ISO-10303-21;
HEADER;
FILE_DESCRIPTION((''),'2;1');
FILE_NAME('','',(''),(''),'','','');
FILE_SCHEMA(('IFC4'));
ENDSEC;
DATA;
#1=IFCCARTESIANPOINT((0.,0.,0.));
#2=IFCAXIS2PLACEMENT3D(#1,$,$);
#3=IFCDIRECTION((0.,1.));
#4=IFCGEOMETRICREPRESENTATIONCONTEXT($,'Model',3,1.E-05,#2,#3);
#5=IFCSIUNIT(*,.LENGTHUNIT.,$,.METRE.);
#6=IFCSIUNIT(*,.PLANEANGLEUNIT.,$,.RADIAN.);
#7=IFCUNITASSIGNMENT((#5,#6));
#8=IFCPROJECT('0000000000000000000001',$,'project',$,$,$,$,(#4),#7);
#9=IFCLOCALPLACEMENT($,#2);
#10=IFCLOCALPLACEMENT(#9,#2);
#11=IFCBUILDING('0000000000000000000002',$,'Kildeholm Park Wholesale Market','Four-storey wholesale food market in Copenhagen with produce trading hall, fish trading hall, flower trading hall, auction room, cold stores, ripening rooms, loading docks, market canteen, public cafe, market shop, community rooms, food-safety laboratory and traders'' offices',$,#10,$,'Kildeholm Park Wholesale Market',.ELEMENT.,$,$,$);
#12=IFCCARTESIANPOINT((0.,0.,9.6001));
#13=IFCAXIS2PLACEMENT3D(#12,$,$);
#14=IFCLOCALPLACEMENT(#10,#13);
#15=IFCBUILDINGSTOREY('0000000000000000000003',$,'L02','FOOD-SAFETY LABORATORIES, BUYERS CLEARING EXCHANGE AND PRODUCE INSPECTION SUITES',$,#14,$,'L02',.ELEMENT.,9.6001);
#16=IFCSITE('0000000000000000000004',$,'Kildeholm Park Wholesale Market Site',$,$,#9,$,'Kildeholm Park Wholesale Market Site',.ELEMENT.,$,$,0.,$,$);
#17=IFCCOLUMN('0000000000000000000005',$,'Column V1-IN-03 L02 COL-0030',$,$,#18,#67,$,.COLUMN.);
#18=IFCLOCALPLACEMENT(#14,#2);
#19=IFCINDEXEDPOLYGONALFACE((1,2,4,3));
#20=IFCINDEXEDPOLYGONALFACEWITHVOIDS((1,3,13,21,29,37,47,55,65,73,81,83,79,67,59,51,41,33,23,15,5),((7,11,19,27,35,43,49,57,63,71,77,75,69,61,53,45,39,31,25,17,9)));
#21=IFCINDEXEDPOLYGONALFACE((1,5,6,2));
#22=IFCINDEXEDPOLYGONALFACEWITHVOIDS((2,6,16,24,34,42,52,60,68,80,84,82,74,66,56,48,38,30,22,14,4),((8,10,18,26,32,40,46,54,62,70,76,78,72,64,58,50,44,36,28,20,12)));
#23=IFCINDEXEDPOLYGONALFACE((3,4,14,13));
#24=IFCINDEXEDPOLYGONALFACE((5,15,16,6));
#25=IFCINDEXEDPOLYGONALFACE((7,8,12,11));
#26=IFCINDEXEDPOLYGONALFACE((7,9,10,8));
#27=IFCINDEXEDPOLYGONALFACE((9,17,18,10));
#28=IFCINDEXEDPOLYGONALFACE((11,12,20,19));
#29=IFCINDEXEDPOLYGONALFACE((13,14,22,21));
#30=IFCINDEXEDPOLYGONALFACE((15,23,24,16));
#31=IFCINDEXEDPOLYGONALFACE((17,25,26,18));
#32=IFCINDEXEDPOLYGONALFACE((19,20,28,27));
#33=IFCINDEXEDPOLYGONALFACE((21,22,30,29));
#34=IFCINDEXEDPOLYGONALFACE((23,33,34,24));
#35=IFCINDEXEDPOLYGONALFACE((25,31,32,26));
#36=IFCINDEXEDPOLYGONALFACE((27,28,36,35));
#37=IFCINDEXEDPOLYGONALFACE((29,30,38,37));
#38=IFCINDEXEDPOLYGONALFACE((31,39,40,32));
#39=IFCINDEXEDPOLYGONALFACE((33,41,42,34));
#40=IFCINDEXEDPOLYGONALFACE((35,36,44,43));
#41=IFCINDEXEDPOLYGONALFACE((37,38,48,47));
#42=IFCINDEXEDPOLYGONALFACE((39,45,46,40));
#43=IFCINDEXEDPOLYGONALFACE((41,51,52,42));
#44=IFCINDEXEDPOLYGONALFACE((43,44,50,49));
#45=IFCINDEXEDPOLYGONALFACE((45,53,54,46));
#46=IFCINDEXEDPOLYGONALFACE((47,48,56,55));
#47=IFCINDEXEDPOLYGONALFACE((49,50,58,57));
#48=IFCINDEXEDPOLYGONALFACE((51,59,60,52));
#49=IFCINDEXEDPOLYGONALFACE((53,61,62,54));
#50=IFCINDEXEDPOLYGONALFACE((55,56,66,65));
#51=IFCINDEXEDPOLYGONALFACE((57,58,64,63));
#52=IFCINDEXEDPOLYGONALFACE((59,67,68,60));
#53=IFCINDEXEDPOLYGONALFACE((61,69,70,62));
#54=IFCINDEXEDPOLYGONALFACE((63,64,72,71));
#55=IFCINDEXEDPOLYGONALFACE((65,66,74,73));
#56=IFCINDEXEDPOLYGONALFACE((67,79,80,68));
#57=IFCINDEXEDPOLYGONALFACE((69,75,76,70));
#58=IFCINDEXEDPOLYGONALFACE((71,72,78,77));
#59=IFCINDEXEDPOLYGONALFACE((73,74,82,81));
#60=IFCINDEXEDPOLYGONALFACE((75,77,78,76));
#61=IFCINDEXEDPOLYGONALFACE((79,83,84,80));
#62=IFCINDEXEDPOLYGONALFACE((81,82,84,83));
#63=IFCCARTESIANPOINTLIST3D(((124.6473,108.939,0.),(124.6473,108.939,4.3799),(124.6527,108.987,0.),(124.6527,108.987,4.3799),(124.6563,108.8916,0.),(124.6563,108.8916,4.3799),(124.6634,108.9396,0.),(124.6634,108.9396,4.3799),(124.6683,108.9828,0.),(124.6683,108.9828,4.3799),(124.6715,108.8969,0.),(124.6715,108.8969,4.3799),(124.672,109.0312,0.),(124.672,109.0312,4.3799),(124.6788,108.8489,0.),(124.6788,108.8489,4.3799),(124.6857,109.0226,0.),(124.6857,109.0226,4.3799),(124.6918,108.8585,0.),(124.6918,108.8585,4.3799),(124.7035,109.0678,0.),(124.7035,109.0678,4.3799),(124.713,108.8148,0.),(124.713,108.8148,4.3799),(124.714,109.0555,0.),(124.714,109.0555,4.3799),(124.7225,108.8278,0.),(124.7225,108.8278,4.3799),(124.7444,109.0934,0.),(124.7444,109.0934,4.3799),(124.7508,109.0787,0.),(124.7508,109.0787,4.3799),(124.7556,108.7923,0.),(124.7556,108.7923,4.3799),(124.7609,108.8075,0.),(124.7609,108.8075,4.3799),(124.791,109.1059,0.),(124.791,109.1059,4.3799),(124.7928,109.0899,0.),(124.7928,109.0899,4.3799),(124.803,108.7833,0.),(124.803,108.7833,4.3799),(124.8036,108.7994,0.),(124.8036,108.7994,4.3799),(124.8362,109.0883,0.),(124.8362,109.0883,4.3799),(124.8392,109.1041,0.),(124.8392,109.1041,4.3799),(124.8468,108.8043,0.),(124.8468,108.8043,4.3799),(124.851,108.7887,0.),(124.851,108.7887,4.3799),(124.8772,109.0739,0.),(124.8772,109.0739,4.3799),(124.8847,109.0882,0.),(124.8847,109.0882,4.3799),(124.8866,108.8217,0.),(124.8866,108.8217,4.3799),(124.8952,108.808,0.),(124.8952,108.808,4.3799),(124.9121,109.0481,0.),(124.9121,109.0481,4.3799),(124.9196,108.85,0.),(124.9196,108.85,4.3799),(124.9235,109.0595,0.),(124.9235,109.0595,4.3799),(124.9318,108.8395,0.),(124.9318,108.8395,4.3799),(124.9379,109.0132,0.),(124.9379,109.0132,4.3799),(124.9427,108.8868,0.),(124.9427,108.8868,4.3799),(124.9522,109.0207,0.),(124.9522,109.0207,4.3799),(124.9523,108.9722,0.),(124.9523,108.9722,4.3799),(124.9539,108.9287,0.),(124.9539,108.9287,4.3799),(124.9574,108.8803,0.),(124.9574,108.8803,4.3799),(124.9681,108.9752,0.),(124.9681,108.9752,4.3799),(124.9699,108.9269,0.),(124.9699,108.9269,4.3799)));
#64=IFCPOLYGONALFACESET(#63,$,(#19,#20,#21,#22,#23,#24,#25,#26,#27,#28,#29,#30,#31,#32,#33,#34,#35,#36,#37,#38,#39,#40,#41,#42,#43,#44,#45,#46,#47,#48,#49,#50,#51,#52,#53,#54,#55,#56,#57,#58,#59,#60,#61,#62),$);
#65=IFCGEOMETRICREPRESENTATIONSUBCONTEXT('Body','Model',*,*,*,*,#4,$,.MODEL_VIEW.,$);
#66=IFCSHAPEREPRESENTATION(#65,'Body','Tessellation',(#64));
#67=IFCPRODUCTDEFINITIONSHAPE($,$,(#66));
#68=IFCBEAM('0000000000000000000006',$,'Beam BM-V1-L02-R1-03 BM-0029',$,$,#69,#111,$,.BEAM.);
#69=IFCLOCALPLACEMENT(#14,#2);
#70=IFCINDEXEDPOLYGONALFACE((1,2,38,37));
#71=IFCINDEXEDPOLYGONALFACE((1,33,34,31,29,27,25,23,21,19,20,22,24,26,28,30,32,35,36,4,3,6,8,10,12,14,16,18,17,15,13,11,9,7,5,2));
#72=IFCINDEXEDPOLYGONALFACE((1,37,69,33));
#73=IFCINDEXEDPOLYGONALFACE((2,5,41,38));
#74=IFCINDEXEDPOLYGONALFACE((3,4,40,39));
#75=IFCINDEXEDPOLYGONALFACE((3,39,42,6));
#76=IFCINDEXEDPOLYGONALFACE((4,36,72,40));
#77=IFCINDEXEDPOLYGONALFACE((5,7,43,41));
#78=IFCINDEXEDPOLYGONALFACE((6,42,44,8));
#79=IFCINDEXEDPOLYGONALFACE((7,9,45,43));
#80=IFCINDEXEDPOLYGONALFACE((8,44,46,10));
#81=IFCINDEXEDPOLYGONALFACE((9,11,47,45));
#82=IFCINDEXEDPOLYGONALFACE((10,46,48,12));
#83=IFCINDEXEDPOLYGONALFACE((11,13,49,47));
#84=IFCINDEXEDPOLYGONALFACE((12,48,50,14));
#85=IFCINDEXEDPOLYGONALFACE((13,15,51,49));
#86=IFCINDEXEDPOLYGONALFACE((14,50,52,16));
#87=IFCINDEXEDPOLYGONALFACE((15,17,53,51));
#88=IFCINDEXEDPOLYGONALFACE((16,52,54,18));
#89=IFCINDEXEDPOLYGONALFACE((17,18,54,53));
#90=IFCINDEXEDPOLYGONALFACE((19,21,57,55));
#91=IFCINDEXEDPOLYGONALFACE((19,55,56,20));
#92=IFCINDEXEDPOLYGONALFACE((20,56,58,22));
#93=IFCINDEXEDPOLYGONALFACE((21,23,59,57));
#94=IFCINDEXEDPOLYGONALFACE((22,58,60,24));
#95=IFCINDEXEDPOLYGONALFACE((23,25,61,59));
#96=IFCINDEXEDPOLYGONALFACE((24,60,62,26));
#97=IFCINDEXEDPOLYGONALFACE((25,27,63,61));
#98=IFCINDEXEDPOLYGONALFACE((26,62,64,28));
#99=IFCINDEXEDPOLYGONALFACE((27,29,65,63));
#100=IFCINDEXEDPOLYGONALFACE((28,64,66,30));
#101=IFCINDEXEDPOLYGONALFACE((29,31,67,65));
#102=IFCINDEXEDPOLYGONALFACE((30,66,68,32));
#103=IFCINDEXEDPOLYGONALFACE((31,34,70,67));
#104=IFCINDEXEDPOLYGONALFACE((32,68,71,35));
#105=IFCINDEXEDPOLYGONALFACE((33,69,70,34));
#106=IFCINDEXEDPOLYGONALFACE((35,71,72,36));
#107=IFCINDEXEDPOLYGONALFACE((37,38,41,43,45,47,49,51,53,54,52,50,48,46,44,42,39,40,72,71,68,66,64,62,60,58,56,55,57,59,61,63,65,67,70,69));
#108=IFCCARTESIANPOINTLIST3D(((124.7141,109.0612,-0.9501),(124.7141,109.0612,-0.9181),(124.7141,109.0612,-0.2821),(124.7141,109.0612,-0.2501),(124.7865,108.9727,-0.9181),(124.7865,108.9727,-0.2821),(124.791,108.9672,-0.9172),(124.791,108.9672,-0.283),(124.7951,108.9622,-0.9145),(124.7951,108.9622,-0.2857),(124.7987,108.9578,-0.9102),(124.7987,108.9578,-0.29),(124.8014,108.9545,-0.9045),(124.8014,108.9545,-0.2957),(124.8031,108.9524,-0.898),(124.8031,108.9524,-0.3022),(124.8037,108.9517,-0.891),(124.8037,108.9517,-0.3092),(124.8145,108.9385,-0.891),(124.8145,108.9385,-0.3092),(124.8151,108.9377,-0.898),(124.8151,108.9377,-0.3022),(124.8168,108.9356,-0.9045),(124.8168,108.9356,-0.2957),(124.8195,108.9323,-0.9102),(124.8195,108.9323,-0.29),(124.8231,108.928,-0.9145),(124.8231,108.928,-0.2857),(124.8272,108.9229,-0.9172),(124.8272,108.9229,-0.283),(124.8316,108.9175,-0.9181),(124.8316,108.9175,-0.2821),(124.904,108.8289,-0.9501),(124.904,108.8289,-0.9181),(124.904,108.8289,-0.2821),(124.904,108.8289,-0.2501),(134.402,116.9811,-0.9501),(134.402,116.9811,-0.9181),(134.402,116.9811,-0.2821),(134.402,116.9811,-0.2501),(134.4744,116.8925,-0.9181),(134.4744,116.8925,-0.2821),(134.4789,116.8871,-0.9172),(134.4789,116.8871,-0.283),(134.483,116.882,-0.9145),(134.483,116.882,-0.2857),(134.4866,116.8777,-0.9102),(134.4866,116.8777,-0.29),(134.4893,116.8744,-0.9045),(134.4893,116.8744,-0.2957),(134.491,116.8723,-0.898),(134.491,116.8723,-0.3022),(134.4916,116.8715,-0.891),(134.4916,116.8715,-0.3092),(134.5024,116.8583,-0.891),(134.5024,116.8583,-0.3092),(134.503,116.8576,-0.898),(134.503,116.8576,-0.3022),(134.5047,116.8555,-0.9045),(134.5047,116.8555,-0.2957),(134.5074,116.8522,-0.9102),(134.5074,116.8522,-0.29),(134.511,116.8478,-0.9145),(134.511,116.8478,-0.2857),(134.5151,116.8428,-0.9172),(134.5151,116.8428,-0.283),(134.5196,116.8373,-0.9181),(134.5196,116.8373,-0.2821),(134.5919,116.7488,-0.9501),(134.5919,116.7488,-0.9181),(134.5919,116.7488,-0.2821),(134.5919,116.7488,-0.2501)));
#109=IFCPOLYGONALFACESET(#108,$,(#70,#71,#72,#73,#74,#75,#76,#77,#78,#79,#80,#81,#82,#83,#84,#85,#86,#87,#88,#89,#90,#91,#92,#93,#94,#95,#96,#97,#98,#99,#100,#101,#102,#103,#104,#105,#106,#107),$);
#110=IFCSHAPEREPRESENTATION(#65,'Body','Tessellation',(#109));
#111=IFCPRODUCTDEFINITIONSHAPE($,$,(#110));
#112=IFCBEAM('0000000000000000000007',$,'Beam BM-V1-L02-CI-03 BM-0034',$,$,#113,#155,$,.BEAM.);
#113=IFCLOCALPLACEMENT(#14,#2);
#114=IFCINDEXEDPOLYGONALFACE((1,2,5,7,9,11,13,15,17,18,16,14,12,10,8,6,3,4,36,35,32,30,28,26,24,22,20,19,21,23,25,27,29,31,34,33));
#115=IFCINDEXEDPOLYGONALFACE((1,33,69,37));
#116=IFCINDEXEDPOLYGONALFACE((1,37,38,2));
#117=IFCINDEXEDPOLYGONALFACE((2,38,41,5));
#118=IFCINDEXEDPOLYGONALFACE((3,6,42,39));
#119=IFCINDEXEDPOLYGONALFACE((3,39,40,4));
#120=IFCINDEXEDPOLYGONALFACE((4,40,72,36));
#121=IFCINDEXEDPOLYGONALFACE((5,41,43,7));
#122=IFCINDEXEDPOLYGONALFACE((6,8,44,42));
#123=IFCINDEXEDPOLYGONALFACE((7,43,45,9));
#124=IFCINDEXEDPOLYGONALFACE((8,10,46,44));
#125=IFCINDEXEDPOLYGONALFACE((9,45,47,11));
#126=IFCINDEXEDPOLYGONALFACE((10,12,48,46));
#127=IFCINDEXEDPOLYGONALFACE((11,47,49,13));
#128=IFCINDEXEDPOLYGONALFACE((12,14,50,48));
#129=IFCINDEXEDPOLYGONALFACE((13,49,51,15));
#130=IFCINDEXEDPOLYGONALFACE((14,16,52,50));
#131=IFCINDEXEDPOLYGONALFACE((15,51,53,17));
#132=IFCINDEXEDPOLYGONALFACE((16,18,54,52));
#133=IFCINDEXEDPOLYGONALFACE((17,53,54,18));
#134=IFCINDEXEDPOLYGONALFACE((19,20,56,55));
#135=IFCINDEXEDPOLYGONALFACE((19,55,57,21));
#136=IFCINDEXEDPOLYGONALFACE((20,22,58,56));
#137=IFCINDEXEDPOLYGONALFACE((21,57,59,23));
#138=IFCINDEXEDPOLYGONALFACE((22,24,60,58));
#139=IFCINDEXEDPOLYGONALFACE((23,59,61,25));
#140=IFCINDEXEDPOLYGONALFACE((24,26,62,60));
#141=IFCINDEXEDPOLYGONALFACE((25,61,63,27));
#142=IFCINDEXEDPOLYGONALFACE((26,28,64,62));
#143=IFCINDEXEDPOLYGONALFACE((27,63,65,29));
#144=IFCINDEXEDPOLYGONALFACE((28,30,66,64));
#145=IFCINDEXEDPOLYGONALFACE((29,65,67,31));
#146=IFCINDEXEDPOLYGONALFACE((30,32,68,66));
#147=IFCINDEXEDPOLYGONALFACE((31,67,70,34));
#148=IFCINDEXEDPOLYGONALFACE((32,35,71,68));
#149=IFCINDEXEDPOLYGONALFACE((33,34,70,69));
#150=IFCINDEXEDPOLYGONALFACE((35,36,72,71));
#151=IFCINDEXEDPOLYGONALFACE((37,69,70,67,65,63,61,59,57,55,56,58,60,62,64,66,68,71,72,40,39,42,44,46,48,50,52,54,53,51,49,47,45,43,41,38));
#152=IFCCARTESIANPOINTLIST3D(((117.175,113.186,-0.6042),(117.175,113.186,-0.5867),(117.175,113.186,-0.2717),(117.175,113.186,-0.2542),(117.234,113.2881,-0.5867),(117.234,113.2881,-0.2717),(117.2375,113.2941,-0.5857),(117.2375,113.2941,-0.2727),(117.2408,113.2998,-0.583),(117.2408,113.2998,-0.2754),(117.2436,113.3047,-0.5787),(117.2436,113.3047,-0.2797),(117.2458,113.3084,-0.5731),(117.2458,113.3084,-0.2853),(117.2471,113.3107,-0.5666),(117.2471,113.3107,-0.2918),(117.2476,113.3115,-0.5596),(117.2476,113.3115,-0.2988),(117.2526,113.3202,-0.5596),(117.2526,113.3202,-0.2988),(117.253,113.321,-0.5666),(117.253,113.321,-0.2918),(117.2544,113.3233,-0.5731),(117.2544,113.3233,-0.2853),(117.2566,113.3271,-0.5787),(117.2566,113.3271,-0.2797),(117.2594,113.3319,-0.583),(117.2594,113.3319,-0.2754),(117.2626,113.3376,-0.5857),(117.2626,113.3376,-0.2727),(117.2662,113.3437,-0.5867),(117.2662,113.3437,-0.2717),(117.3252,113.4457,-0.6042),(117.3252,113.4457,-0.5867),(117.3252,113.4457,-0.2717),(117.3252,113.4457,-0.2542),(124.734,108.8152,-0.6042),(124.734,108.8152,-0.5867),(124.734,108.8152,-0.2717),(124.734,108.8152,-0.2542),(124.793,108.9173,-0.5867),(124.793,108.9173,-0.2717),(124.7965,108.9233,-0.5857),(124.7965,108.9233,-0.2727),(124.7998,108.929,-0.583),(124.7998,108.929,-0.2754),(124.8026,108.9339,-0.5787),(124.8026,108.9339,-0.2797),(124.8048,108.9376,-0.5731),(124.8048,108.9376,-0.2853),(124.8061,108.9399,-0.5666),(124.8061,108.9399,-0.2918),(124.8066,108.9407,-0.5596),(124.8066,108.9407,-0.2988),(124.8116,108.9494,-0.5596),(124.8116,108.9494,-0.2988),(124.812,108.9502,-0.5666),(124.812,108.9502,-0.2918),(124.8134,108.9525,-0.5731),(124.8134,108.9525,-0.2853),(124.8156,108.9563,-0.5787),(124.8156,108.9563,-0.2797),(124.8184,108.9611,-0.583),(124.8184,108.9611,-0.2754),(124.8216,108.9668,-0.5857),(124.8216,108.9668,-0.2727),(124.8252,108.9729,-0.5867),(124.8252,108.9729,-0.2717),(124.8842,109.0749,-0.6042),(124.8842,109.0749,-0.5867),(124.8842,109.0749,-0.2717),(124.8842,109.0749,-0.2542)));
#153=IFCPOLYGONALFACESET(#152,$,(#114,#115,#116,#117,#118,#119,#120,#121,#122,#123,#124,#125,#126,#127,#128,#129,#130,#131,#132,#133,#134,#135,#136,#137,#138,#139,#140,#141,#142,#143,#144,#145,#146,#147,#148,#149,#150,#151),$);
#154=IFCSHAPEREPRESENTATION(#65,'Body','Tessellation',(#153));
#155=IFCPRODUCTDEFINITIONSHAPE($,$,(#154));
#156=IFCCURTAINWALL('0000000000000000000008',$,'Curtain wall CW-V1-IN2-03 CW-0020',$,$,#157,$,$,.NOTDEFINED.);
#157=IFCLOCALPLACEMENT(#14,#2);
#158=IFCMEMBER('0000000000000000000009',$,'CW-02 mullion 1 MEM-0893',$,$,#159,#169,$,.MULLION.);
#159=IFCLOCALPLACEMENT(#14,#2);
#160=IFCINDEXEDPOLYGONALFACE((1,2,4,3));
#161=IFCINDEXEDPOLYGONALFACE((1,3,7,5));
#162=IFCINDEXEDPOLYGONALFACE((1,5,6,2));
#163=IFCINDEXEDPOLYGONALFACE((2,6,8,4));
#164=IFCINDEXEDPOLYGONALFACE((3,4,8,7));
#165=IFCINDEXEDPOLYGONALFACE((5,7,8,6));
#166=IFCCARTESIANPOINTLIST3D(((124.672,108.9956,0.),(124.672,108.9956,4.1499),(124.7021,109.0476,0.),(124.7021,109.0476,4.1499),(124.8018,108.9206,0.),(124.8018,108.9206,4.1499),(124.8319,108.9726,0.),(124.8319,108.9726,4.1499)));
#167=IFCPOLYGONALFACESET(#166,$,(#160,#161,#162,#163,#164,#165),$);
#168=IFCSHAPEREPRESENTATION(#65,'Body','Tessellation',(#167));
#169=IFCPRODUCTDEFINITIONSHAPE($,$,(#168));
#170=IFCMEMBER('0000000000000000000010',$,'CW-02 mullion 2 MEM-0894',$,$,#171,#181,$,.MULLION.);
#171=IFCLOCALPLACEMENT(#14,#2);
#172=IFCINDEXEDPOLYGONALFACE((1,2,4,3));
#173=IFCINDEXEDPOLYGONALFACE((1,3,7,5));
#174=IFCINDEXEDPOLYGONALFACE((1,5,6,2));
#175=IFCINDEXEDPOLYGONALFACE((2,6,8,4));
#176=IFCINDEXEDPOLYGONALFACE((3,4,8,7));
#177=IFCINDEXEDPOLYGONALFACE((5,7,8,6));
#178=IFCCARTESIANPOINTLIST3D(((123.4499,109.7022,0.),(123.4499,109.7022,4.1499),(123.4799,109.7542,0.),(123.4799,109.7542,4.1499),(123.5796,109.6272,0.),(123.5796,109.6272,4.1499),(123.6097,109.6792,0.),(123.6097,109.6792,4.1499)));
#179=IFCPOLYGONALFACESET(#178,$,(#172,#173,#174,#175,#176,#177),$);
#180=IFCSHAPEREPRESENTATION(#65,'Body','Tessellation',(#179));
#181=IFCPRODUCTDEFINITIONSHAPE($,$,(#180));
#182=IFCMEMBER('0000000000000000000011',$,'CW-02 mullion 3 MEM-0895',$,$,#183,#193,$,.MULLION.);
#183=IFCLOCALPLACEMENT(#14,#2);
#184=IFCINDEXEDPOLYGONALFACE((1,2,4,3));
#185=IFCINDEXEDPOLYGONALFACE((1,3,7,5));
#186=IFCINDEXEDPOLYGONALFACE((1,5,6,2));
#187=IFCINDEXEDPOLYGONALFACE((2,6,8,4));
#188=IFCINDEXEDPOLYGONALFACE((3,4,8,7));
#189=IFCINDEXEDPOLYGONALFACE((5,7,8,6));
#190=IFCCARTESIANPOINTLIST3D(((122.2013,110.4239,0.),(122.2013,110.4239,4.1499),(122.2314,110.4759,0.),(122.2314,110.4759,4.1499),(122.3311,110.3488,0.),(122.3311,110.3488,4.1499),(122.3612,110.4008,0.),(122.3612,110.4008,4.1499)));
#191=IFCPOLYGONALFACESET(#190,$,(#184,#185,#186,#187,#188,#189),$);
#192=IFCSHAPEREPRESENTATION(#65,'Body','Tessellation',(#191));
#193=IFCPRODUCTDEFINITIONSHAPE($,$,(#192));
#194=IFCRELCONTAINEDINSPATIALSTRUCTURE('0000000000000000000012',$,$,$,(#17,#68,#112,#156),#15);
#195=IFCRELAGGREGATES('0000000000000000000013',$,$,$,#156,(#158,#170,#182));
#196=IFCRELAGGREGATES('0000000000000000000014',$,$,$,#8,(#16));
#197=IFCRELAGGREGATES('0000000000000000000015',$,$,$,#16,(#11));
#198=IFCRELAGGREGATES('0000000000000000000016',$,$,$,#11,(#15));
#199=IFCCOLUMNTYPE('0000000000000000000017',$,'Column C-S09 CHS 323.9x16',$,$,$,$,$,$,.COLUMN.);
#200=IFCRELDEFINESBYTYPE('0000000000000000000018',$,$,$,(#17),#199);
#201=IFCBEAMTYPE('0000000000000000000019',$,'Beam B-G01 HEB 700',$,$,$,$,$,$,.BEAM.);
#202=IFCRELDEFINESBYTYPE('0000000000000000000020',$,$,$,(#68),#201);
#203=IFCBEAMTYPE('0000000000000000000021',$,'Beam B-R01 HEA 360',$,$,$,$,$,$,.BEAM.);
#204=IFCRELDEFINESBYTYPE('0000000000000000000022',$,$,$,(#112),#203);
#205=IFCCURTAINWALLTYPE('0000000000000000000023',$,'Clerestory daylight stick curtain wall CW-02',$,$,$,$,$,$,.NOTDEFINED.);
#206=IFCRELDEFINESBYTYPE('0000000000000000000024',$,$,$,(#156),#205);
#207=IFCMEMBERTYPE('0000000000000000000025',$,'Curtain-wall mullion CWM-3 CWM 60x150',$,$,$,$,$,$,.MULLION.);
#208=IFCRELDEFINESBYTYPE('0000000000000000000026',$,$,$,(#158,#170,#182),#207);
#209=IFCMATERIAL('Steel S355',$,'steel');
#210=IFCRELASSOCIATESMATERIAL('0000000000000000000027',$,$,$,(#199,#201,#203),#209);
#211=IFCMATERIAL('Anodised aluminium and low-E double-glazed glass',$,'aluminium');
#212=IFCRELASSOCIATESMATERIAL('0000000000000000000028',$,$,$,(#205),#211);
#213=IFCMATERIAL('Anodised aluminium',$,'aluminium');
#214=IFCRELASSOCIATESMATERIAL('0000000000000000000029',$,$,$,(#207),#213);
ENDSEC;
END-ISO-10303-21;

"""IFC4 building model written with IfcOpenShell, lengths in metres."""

from ifc_helpers import new_model, si_unit, direction, frame, origin, origin_2d, place, context, subcontext, project, spatial, rectangle, hollow_circle, i_section, extrude, material, material_profile, profile_set, type_object, element, aggregate, save


model = new_model("IFC4")

# Units and contexts
model_context = context("Model", 3, precision=1e-05, world=origin(), true_north=direction((0.0, 1.0)))
body_context = subcontext(model_context, "Body", "Model", "MODEL_VIEW")
ifc_project = project(units=[si_unit("LENGTHUNIT", "METRE"), si_unit("PLANEANGLEUNIT", "RADIAN")], contexts=[model_context])

# Site, building, storey
site_placement = place(None, origin())
site = spatial("IfcSite", under=ifc_project, at=site_placement, Name="Kildeholm Park Wholesale Market Site", LongName="Kildeholm Park Wholesale Market Site", CompositionType="ELEMENT", RefElevation=0.0)
building_placement = place(site_placement, origin())
building = spatial("IfcBuilding", under=site, at=building_placement, Name="Kildeholm Park Wholesale Market", Description="Four-storey wholesale food market in Copenhagen with produce trading hall, fish trading hall, flower trading hall, auction room, cold stores, ripening rooms, loading docks, market canteen, public cafe, market shop, community rooms, food-safety laboratory and traders' offices", LongName="Kildeholm Park Wholesale Market", CompositionType="ELEMENT")
storey_placement = place(building_placement, frame((0.0, 0.0, 9.6001)))
storey = spatial("IfcBuildingStorey", under=building, at=storey_placement, Name="L02", Description="FOOD-SAFETY LABORATORIES, BUYERS CLEARING EXCHANGE AND PRODUCE INSPECTION SUITES", LongName="L02", CompositionType="ELEMENT", Elevation=9.6001)

# Column
ifc_material_1 = material(Name="Steel S355", Category="steel")
ifc_material_profile_1 = material_profile(ifc_material_1, hollow_circle(Radius=0.1619, WallThickness=0.0161, at=origin_2d()), Name="CHS 323.9x16")
ifc_profile_set_1 = profile_set([ifc_material_profile_1], Name="Steel S355")
column_type = type_object("IfcColumnType", Name="Column C-S09 CHS 323.9x16", PredefinedType="COLUMN", material=ifc_profile_set_1)
column_placement = place(storey_placement, frame((124.8091, 108.9451, 0.0), z_axis=(0.0, 0.0, 1.0), x_axis=(0.707107, 0.707107, 0.0)))
element("IfcColumn", 1, at=column_placement, inside=storey, type_object=column_type, Name="Column V1-IN-03 L02 COL-0030", PredefinedType="COLUMN", context=body_context, shape_type="SweptSolid", body=[
    extrude(hollow_circle(Radius=0.1619, WallThickness=0.0161, at=origin_2d()), origin(), (0.0, 0.0, 1.0), 4.3799),
])

# Beams
ifc_material_profile_2 = material_profile(ifc_material_1, i_section(OverallWidth=0.3, OverallDepth=0.7, WebThickness=0.0171, FlangeThickness=0.032, FilletRadius=0.0271, at=origin_2d()), Name="HEB 700")
ifc_profile_set_2 = profile_set([ifc_material_profile_2], Name="Steel S355")
beam_type_1 = type_object("IfcBeamType", Name="Beam B-G01 HEB 700", PredefinedType="BEAM", material=ifc_profile_set_2)
beam_1_placement = place(storey_placement, frame((124.8091, 108.9451, -0.6001), z_axis=(0.774216, 0.632921, 0.0), x_axis=(-0.632921, 0.774216, 0.0)))
element("IfcBeam", 2, at=beam_1_placement, inside=storey, type_object=beam_type_1, Name="Beam BM-V1-L02-R1-03 BM-0029", PredefinedType="BEAM", context=body_context, shape_type="SweptSolid", body=[
    extrude(i_section(OverallWidth=0.3, OverallDepth=0.7, WebThickness=0.0171, FlangeThickness=0.032, FilletRadius=0.0271, at=origin_2d()), origin(), (0.0, 0.0, 1.0), 12.5132),
])
ifc_material_profile_3 = material_profile(ifc_material_1, i_section(OverallWidth=0.3, OverallDepth=0.3501, WebThickness=0.01, FlangeThickness=0.0176, FilletRadius=0.0271, at=origin_2d()), Name="HEA 360")
ifc_profile_set_3 = profile_set([ifc_material_profile_3], Name="Steel S355")
beam_type_2 = type_object("IfcBeamType", Name="Beam B-R01 HEA 360", PredefinedType="BEAM", material=ifc_profile_set_3)
beam_2_placement = place(storey_placement, frame((124.8091, 108.9451, -0.4292), z_axis=(-0.865697, 0.500568, 0.0), x_axis=(-0.500568, -0.865697, 0.0)))
element("IfcBeam", 3, at=beam_2_placement, inside=storey, type_object=beam_type_2, Name="Beam BM-V1-L02-CI-03 BM-0034", PredefinedType="BEAM", context=body_context, shape_type="SweptSolid", body=[
    extrude(i_section(OverallWidth=0.3, OverallDepth=0.3501, WebThickness=0.01, FlangeThickness=0.0176, FilletRadius=0.0271, at=origin_2d()), origin(), (0.0, 0.0, 1.0), 8.7317),
])

# Curtain wall, members
ifc_material_2 = material(Name="Anodised aluminium and low-E double-glazed glass", Category="aluminium")
curtain_wall_type = type_object("IfcCurtainWallType", Name="Clerestory daylight stick curtain wall CW-02", PredefinedType="NOTDEFINED", material=ifc_material_2)
curtain_wall_placement = place(storey_placement, origin())
curtain_wall = element("IfcCurtainWall", 4, at=curtain_wall_placement, inside=storey, type_object=curtain_wall_type, Name="Curtain wall CW-V1-IN2-03 CW-0020", PredefinedType="NOTDEFINED")
ifc_material_3 = material(Name="Anodised aluminium", Category="aluminium")
ifc_material_profile_4 = material_profile(ifc_material_3, rectangle(XDim=0.0601, YDim=0.1499, at=origin_2d()), Name="CWM 60x150")
ifc_profile_set_4 = profile_set([ifc_material_profile_4], Name="Anodised aluminium")
member_type_1 = type_object("IfcMemberType", Name="Curtain-wall mullion CWM-3 CWM 60x150", PredefinedType="MULLION", material=ifc_profile_set_4)
member_1_placement = place(storey_placement, frame((124.752, 108.9841, 0.0), z_axis=(0.0, 0.0, 1.0), x_axis=(-0.500489, -0.865743, 0.0)))
member_1 = element("IfcMember", 5, at=member_1_placement, type_object=member_type_1, Name="CW-02 mullion 1 MEM-0893", PredefinedType="MULLION", context=body_context, shape_type="SweptSolid", body=[
    extrude(rectangle(XDim=0.0601, YDim=0.1499, at=origin_2d()), origin(), (0.0, 0.0, 1.0), 4.1499),
])
member_2_placement = place(storey_placement, frame((123.5298, 109.6907, 0.0), z_axis=(0.0, 0.0, 1.0), x_axis=(-0.500489, -0.865743, 0.0)))
member_2 = element("IfcMember", 6, at=member_2_placement, type_object=member_type_1, Name="CW-02 mullion 2 MEM-0894", PredefinedType="MULLION", context=body_context, shape_type="SweptSolid", body=[
    extrude(rectangle(XDim=0.0601, YDim=0.1499, at=origin_2d()), origin(), (0.0, 0.0, 1.0), 4.1499),
])
member_3_placement = place(storey_placement, frame((122.2812, 110.4124, 0.0), z_axis=(0.0, 0.0, 1.0), x_axis=(-0.500489, -0.865743, 0.0)))
member_3 = element("IfcMember", 7, at=member_3_placement, type_object=member_type_1, Name="CW-02 mullion 3 MEM-0895", PredefinedType="MULLION", context=body_context, shape_type="SweptSolid", body=[
    extrude(rectangle(XDim=0.0601, YDim=0.1499, at=origin_2d()), origin(), (0.0, 0.0, 1.0), 4.1499),
])
aggregate(curtain_wall, [member_1, member_2, member_3])

save(model, "model.ifc")
